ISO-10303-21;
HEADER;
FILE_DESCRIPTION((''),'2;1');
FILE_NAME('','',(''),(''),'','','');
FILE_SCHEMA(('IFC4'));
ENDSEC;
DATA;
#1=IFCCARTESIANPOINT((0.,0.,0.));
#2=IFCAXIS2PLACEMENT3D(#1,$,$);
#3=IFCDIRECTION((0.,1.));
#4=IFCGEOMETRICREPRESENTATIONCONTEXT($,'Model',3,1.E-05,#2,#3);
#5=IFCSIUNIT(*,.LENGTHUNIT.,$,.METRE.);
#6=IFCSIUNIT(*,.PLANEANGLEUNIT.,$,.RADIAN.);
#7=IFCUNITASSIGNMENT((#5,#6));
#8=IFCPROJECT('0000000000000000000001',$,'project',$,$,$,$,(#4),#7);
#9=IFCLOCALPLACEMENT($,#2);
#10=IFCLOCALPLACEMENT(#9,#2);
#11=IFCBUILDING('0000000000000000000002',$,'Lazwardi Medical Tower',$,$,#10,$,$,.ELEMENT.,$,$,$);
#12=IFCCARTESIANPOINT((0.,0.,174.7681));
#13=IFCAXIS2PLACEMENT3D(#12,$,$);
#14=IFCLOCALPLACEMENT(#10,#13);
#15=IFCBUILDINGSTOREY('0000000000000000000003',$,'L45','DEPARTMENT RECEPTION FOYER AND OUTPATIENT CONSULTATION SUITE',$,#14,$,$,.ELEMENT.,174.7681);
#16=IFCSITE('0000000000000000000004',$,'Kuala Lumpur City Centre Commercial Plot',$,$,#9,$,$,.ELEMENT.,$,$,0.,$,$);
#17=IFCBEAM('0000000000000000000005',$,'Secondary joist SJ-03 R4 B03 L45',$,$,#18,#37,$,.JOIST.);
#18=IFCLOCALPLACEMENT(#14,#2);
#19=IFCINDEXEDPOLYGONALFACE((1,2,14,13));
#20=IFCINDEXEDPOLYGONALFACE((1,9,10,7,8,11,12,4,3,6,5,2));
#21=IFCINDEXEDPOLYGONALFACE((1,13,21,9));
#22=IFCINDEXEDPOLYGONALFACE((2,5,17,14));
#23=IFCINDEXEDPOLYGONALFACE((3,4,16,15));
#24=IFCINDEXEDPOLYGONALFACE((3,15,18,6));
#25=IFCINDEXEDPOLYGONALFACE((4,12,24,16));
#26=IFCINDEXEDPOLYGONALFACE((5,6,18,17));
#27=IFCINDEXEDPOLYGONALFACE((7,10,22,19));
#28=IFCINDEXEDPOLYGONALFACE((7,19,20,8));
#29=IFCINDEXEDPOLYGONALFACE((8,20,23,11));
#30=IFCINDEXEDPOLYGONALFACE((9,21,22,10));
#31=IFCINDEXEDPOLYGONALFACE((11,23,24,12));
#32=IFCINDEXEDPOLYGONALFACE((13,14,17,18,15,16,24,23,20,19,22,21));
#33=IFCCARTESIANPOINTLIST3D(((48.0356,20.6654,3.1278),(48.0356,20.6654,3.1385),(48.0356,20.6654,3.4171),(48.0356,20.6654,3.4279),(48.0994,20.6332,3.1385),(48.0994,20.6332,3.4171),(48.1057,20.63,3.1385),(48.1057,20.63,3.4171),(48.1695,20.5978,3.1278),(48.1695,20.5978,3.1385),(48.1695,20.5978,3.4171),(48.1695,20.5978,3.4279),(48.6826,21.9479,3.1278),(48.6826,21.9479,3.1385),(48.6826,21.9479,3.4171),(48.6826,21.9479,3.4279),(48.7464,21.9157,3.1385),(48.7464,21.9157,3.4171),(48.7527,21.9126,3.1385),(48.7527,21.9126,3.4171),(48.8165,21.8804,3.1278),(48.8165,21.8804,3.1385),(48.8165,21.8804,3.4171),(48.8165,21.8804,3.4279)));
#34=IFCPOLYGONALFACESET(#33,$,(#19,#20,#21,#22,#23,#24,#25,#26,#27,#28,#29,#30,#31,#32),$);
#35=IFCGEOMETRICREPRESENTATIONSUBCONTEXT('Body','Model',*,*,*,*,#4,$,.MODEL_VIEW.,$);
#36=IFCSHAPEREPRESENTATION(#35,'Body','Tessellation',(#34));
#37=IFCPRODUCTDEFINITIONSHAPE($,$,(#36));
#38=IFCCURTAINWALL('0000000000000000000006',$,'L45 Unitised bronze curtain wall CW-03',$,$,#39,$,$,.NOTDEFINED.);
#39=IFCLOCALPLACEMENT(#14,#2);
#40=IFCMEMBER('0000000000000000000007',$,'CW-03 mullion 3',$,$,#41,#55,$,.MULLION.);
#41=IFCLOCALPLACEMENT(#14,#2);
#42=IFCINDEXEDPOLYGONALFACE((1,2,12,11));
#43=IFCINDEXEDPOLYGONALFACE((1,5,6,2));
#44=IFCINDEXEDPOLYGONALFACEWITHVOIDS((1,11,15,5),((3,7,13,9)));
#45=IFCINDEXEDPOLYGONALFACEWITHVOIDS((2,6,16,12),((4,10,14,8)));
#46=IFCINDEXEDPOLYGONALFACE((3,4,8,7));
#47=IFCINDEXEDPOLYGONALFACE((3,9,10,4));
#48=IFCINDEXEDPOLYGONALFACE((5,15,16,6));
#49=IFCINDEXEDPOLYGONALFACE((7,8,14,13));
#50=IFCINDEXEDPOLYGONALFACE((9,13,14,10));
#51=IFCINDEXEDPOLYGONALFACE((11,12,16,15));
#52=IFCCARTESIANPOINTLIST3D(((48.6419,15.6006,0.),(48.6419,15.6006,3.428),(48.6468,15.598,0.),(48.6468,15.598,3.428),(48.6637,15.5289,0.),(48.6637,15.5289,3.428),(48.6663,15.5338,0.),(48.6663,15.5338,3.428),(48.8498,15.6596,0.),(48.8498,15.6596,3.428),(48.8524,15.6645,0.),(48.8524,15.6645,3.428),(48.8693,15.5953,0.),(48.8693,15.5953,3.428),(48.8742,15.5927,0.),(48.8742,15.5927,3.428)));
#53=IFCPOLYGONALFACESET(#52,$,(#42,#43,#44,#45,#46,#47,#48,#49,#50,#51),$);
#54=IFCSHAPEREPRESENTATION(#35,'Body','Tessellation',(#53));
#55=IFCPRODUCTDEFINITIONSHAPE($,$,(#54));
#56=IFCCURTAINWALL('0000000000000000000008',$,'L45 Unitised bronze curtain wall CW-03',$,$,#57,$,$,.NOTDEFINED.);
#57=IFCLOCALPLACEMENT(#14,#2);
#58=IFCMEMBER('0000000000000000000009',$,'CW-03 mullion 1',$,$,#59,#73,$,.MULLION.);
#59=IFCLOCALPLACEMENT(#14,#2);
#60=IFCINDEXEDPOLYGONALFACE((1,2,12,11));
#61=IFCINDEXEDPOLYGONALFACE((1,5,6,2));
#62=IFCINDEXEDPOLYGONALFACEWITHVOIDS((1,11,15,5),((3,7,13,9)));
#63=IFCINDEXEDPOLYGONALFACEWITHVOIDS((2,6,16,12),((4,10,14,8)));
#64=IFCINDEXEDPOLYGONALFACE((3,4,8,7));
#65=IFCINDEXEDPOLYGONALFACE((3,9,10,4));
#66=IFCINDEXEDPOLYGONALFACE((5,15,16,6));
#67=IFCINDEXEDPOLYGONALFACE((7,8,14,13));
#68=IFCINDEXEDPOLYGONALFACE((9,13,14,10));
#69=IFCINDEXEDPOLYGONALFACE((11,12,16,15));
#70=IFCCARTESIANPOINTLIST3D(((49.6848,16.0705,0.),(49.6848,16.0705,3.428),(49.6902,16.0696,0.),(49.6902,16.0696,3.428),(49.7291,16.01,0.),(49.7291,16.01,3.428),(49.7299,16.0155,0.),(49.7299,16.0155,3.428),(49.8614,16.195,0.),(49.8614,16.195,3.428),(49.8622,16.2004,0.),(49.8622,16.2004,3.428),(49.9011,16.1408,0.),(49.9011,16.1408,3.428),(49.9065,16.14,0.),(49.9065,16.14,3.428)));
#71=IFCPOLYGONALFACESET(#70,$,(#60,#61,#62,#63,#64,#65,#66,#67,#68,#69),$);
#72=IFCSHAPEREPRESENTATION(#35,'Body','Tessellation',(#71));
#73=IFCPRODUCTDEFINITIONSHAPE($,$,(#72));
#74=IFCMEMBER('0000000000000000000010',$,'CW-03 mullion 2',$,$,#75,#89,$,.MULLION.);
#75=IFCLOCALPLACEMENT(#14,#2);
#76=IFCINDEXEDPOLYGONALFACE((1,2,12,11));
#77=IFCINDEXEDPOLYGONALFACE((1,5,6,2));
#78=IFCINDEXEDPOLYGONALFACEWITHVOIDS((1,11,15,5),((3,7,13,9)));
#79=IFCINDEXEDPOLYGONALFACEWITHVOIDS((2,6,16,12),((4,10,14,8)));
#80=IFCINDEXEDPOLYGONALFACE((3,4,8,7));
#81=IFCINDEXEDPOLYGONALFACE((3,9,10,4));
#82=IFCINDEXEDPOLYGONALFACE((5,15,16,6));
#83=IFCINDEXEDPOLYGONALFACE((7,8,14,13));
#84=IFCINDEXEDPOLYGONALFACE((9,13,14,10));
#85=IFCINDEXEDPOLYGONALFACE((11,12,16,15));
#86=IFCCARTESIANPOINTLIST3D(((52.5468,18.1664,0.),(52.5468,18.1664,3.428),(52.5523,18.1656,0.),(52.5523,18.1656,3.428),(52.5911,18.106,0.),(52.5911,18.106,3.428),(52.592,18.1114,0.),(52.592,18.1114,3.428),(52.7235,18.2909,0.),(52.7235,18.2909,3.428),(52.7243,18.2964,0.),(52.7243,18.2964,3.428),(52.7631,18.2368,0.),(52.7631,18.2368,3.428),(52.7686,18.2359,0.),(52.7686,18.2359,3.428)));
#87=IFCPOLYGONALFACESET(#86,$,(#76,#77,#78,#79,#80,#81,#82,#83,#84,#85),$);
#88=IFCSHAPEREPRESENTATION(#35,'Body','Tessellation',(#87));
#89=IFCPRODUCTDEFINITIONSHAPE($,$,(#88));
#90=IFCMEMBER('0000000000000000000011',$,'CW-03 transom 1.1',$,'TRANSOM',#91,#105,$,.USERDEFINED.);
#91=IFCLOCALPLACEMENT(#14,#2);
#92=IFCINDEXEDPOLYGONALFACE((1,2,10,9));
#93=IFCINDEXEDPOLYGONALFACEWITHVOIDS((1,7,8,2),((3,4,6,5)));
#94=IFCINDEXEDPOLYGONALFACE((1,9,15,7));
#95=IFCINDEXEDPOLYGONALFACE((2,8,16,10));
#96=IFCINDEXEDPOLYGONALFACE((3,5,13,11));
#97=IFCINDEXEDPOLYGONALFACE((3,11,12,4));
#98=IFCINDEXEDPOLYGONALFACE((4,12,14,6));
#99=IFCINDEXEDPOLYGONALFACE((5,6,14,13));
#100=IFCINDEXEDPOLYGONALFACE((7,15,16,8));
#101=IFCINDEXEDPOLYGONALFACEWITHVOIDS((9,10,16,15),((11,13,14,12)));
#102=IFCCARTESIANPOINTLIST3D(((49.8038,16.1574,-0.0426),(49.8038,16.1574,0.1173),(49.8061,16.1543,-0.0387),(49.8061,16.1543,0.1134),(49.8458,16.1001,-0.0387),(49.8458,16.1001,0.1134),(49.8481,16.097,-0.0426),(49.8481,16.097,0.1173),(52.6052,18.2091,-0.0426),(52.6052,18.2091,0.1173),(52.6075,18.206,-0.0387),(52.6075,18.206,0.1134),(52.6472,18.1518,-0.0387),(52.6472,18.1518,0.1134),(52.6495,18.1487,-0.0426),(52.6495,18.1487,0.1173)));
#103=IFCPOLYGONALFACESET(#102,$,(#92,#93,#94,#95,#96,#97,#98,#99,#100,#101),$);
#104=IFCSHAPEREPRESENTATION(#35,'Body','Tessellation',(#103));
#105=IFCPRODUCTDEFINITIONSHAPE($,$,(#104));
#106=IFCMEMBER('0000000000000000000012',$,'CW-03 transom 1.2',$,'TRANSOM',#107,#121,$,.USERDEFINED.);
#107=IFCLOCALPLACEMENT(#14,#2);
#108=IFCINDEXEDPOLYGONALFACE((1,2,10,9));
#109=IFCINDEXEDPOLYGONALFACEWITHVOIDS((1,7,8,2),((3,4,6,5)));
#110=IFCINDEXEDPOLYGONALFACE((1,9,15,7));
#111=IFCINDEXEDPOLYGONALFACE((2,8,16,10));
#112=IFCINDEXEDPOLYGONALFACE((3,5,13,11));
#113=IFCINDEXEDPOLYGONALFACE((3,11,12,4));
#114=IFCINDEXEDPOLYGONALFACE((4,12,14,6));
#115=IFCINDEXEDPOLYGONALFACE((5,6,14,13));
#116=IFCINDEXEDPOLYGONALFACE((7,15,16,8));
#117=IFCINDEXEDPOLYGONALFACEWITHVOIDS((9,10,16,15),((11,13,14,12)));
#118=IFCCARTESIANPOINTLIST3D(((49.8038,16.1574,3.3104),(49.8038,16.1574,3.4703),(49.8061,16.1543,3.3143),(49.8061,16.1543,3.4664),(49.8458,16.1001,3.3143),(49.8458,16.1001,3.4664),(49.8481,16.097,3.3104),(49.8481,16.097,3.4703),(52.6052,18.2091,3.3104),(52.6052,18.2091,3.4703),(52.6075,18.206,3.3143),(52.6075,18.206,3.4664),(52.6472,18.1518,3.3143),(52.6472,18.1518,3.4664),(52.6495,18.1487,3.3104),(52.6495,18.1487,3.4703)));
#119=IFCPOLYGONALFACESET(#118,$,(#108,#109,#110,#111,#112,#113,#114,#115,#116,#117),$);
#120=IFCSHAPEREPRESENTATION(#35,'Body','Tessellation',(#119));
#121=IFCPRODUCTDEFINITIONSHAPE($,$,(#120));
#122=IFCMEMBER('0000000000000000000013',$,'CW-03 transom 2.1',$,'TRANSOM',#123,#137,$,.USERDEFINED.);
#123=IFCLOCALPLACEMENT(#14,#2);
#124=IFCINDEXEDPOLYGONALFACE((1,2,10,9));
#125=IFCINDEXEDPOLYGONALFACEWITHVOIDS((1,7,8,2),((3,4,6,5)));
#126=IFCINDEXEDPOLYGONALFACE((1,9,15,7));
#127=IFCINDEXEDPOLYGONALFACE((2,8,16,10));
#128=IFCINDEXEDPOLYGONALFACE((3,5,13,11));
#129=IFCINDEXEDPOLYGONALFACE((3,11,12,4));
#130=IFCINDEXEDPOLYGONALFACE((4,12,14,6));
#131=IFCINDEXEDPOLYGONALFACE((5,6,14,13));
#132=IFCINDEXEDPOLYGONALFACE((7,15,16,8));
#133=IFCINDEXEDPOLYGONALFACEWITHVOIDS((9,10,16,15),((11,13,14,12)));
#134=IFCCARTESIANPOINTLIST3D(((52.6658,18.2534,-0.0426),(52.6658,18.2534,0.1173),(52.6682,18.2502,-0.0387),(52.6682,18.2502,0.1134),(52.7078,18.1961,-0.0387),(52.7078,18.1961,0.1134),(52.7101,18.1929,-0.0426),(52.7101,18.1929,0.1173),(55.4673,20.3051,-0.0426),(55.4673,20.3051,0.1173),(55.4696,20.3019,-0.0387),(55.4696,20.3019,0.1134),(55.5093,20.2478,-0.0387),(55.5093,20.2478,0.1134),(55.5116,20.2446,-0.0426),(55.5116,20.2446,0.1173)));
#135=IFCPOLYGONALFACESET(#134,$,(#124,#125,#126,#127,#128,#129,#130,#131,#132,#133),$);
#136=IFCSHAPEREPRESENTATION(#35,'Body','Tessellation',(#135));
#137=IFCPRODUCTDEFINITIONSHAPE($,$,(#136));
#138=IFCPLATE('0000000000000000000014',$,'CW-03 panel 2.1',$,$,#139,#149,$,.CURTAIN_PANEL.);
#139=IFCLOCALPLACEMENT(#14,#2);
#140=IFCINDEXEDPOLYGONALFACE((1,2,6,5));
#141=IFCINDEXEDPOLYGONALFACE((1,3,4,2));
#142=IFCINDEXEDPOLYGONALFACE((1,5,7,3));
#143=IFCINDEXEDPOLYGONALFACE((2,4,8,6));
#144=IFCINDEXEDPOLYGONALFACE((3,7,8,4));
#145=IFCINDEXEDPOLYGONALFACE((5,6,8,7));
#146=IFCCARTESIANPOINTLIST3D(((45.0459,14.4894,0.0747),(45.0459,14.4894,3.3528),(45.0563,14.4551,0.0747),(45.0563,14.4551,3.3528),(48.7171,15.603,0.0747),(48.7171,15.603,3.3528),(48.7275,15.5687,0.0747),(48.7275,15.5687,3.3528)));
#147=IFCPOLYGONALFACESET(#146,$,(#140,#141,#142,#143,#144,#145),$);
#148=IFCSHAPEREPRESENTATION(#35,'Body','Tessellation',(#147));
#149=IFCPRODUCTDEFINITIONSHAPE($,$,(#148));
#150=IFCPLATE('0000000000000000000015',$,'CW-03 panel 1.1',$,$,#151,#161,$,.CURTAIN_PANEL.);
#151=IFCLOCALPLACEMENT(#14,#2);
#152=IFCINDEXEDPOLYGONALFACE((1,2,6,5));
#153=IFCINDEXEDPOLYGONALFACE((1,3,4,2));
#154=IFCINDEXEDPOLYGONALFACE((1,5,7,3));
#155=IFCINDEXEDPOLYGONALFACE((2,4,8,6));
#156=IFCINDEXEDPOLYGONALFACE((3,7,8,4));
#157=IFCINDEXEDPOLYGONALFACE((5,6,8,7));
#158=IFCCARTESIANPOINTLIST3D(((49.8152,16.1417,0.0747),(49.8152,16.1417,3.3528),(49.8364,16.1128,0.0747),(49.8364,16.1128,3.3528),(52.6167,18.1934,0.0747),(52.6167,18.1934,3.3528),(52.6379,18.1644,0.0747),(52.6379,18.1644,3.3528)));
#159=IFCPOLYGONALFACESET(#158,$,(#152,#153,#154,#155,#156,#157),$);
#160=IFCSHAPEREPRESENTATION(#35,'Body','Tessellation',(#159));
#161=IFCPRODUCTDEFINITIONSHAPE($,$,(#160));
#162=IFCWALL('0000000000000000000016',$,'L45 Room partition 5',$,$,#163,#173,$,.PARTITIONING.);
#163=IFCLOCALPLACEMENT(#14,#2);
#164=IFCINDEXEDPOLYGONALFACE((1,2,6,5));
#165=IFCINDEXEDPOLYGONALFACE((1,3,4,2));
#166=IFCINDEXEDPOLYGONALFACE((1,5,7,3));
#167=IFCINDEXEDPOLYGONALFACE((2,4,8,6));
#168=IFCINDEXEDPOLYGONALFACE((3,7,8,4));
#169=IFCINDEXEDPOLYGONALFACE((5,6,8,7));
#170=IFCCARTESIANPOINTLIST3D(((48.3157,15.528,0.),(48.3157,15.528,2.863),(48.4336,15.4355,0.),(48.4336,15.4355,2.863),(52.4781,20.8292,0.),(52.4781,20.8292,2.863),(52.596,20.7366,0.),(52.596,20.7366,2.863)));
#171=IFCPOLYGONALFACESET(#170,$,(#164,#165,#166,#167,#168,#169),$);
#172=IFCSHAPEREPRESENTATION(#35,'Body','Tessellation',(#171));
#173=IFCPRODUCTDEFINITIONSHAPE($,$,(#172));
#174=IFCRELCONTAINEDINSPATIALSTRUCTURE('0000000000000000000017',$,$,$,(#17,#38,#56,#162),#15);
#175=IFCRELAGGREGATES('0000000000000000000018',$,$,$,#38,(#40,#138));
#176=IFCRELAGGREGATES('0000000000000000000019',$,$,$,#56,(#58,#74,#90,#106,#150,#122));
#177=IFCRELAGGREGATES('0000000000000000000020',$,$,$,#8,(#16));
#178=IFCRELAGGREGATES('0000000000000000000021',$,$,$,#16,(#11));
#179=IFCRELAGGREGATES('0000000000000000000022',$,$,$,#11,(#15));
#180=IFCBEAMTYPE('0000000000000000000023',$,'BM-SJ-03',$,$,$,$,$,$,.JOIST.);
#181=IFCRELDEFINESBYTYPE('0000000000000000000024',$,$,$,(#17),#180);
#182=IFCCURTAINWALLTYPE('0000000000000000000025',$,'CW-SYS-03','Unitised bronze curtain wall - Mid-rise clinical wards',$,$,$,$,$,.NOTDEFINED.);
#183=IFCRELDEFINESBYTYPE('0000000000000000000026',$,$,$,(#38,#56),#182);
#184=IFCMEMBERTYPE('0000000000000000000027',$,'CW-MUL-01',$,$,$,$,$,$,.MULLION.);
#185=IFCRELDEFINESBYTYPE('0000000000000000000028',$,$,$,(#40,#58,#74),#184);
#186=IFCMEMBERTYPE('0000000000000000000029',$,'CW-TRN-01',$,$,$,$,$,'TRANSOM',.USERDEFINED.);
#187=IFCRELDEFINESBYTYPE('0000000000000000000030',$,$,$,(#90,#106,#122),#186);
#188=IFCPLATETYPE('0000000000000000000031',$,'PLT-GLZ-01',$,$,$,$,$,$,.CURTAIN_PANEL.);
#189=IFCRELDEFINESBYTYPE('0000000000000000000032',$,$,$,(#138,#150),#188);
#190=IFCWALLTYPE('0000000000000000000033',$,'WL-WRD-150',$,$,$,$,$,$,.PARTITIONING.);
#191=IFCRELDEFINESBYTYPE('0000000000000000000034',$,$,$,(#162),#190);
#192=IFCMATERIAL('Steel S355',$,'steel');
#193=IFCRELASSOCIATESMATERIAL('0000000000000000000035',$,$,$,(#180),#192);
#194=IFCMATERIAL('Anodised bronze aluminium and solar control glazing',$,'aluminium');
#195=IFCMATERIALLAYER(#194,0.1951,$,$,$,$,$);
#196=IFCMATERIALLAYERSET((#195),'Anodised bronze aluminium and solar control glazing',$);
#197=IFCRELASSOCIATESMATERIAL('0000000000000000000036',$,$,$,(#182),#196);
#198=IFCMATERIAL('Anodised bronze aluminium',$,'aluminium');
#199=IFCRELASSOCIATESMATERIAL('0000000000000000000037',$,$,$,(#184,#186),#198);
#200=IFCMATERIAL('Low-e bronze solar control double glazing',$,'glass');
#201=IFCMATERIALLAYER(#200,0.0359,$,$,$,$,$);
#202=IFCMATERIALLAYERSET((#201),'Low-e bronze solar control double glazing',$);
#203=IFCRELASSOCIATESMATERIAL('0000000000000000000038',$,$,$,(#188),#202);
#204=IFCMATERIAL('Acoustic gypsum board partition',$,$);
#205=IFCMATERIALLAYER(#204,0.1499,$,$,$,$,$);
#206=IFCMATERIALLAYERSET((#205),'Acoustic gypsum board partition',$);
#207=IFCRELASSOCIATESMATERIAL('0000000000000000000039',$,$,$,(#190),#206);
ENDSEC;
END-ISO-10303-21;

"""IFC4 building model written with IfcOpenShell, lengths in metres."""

from ifc_helpers import new_model, si_unit, direction, frame, frame_2d, origin, origin_2d, place, context, subcontext, project, spatial, rectangle, hollow_rectangle, i_section, extrude, material, layer, layer_set, material_profile, profile_set, type_object, element, aggregate, save


model = new_model("IFC4")

# Units and contexts
model_context = context("Model", 3, precision=1e-05, world=origin(), true_north=direction((0.0, 1.0)))
body_context = subcontext(model_context, "Body", "Model", "MODEL_VIEW")
ifc_project = project(units=[si_unit("LENGTHUNIT", "METRE"), si_unit("PLANEANGLEUNIT", "RADIAN")], contexts=[model_context])

# Site, building, storey
site_placement = place(None, origin())
site = spatial("IfcSite", under=ifc_project, at=site_placement, Name="Kuala Lumpur City Centre Commercial Plot", CompositionType="ELEMENT", RefElevation=0.0)
building_placement = place(site_placement, origin())
building = spatial("IfcBuilding", under=site, at=building_placement, Name="Lazwardi Medical Tower", CompositionType="ELEMENT")
storey_placement = place(building_placement, frame((0.0, 0.0, 174.7681)))
storey = spatial("IfcBuildingStorey", under=building, at=storey_placement, Name="L45", Description="DEPARTMENT RECEPTION FOYER AND OUTPATIENT CONSULTATION SUITE", CompositionType="ELEMENT", Elevation=174.7681)

# Beam
ifc_material_1 = material(Name="Steel S355", Category="steel")
ifc_material_profile_1 = material_profile(ifc_material_1, i_section(OverallWidth=0.1499, OverallDepth=0.3, WebThickness=0.0071, FlangeThickness=0.0107, at=origin_2d()), Name="IPE 300")
ifc_profile_set_1 = profile_set([ifc_material_profile_1], Name="Steel S355")
beam_type_1 = type_object("IfcBeamType", Name="BM-SJ-03", PredefinedType="JOIST", material=ifc_profile_set_1)
beam_1_placement = place(storey_placement, frame((48.1025, 20.6316, 3.2778), z_axis=(0.450406, 0.892824, 0.0), x_axis=(-0.892824, 0.450406, 0.0)))
element("IfcBeam", 1, at=beam_1_placement, inside=storey, type_object=beam_type_1, Name="Secondary joist SJ-03 R4 B03 L45", PredefinedType="JOIST", context=body_context, shape_type="SweptSolid", body=[
    extrude(i_section(OverallWidth=0.1499, OverallDepth=0.3, WebThickness=0.0071, FlangeThickness=0.0107, at=origin_2d()), origin(), (0.0, 0.0, 1.0), 1.4365),
])

# Curtain wall, member
ifc_material_2 = material(Name="Anodised bronze aluminium and solar control glazing", Category="aluminium")
ifc_layer_1 = layer(ifc_material_2, 0.1951)
ifc_layer_set_1 = layer_set([ifc_layer_1], Name="Anodised bronze aluminium and solar control glazing")
curtain_wall_type = type_object("IfcCurtainWallType", Name="CW-SYS-03", Description="Unitised bronze curtain wall - Mid-rise clinical wards", PredefinedType="NOTDEFINED", material=ifc_layer_set_1)
curtain_wall_1_placement = place(storey_placement, origin())
curtain_wall_1 = element("IfcCurtainWall", 2, at=curtain_wall_1_placement, inside=storey, type_object=curtain_wall_type, Name="L45 Unitised bronze curtain wall CW-03", PredefinedType="NOTDEFINED")
ifc_material_3 = material(Name="Anodised bronze aluminium", Category="aluminium")
ifc_material_profile_2 = material_profile(ifc_material_3, hollow_rectangle(XDim=0.075, YDim=0.22, WallThickness=0.0039, at=origin_2d()), Name="ALU-MULLION 220x75x4")
ifc_profile_set_2 = profile_set([ifc_material_profile_2], Name="Anodised bronze aluminium")
member_type_1 = type_object("IfcMemberType", Name="CW-MUL-01", PredefinedType="MULLION", material=ifc_profile_set_2)
member_1_placement = place(storey_placement, frame((48.7581, 15.5967, 0.0), z_axis=(0.0, 0.0, 1.0), x_axis=(-0.290281, 0.956942, 0.0)))
member_1 = element("IfcMember", 3, at=member_1_placement, type_object=member_type_1, Name="CW-03 mullion 3", PredefinedType="MULLION", context=body_context, shape_type="SweptSolid", body=[
    extrude(hollow_rectangle(XDim=0.075, YDim=0.22, WallThickness=0.0039, at=origin_2d()), origin(), (0.0, 0.0, 1.0), 3.428),
])

# Curtain wall, members
curtain_wall_2_placement = place(storey_placement, origin())
curtain_wall_2 = element("IfcCurtainWall", 4, at=curtain_wall_2_placement, inside=storey, type_object=curtain_wall_type, Name="L45 Unitised bronze curtain wall CW-03", PredefinedType="NOTDEFINED")
member_2_placement = place(storey_placement, frame((49.7957, 16.1052, 0.0), z_axis=(0.0, 0.0, 1.0), x_axis=(-0.590834, 0.806793, 0.0)))
member_2 = element("IfcMember", 5, at=member_2_placement, type_object=member_type_1, Name="CW-03 mullion 1", PredefinedType="MULLION", context=body_context, shape_type="SweptSolid", body=[
    extrude(hollow_rectangle(XDim=0.075, YDim=0.22, WallThickness=0.0039, at=origin_2d()), origin(), (0.0, 0.0, 1.0), 3.428),
])
member_3_placement = place(storey_placement, frame((52.6577, 18.2012, 0.0), z_axis=(0.0, 0.0, 1.0), x_axis=(-0.590834, 0.806793, 0.0)))
member_3 = element("IfcMember", 6, at=member_3_placement, type_object=member_type_1, Name="CW-03 mullion 2", PredefinedType="MULLION", context=body_context, shape_type="SweptSolid", body=[
    extrude(hollow_rectangle(XDim=0.075, YDim=0.22, WallThickness=0.0039, at=origin_2d()), origin(), (0.0, 0.0, 1.0), 3.428),
])
ifc_material_profile_3 = material_profile(ifc_material_3, hollow_rectangle(XDim=0.075, YDim=0.1599, WallThickness=0.0039, at=origin_2d()), Name="ALU-TRANSOM 160x75x4")
ifc_profile_set_3 = profile_set([ifc_material_profile_3], Name="Anodised bronze aluminium")
member_type_2 = type_object("IfcMemberType", Name="CW-TRN-01", ElementType="TRANSOM", PredefinedType="USERDEFINED", material=ifc_profile_set_3)
member_4_placement = place(storey_placement, frame((49.8259, 16.1272, 0.0374), z_axis=(0.806774, 0.590861, 0.0), x_axis=(-0.590861, 0.806774, 0.0)))
member_4 = element("IfcMember", 7, at=member_4_placement, type_object=member_type_2, Name="CW-03 transom 1.1", ObjectType="TRANSOM", PredefinedType="USERDEFINED", context=body_context, shape_type="SweptSolid", body=[
    extrude(hollow_rectangle(XDim=0.075, YDim=0.1599, WallThickness=0.0039, at=origin_2d()), origin(), (0.0, 0.0, 1.0), 3.4724),
])
member_5_placement = place(storey_placement, frame((49.8259, 16.1272, 3.3904), z_axis=(0.806774, 0.590861, 0.0), x_axis=(-0.590861, 0.806774, 0.0)))
member_5 = element("IfcMember", 8, at=member_5_placement, type_object=member_type_2, Name="CW-03 transom 1.2", ObjectType="TRANSOM", PredefinedType="USERDEFINED", context=body_context, shape_type="SweptSolid", body=[
    extrude(hollow_rectangle(XDim=0.075, YDim=0.1599, WallThickness=0.0039, at=origin_2d()), origin(), (0.0, 0.0, 1.0), 3.4724),
])
member_6_placement = place(storey_placement, frame((52.688, 18.2231, 0.0374), z_axis=(0.806774, 0.590861, 0.0), x_axis=(-0.590861, 0.806774, 0.0)))
member_6 = element("IfcMember", 9, at=member_6_placement, type_object=member_type_2, Name="CW-03 transom 2.1", ObjectType="TRANSOM", PredefinedType="USERDEFINED", context=body_context, shape_type="SweptSolid", body=[
    extrude(hollow_rectangle(XDim=0.075, YDim=0.1599, WallThickness=0.0039, at=origin_2d()), origin(), (0.0, 0.0, 1.0), 3.4724),
])

# Plates
ifc_material_4 = material(Name="Low-e bronze solar control double glazing", Category="glass")
ifc_layer_2 = layer(ifc_material_4, 0.0359)
ifc_layer_set_2 = layer_set([ifc_layer_2], Name="Low-e bronze solar control double glazing")
plate_type = type_object("IfcPlateType", Name="PLT-GLZ-01", PredefinedType="CURTAIN_PANEL", material=ifc_layer_set_2)
plate_1_placement = place(storey_placement, frame((46.8867, 15.0291, 0.0747), z_axis=(0.0, 0.0, 1.0), x_axis=(0.956942, 0.290281, 0.0)))
plate_1 = element("IfcPlate", 10, at=plate_1_placement, type_object=plate_type, Name="CW-03 panel 2.1", PredefinedType="CURTAIN_PANEL", context=body_context, shape_type="SweptSolid", body=[
    extrude(rectangle(XDim=3.8364, YDim=0.0359, at=origin_2d()), origin(), (0.0, 0.0, 1.0), 3.2781),
])
aggregate(curtain_wall_1, [member_1, plate_1])
plate_2_placement = place(storey_placement, frame((51.2266, 17.1531, 0.0747), z_axis=(0.0, 0.0, 1.0), x_axis=(0.806793, 0.590834, 0.0)))
plate_2 = element("IfcPlate", 11, at=plate_2_placement, type_object=plate_type, Name="CW-03 panel 1.1", PredefinedType="CURTAIN_PANEL", context=body_context, shape_type="SweptSolid", body=[
    extrude(rectangle(XDim=3.4724, YDim=0.0359, at=origin_2d()), origin(), (0.0, 0.0, 1.0), 3.2781),
])
aggregate(curtain_wall_2, [member_2, member_3, member_4, member_5, plate_2, member_6])

# Wall
ifc_material_5 = material(Name="Acoustic gypsum board partition")
ifc_layer_3 = layer(ifc_material_5, 0.1499)
ifc_layer_set_3 = layer_set([ifc_layer_3], Name="Acoustic gypsum board partition")
wall_type = type_object("IfcWallType", Name="WL-WRD-150", PredefinedType="PARTITIONING", material=ifc_layer_set_3)
wall_placement = place(storey_placement, frame((52.5371, 20.783, 0.0), z_axis=(0.0, 0.0, 1.0), x_axis=(-0.61757, -0.786516, 0.0)))
element("IfcWall", 12, at=wall_placement, inside=storey, type_object=wall_type, Name="L45 Room partition 5", PredefinedType="PARTITIONING", context=body_context, shape_type="SweptSolid", body=[
    extrude(rectangle(XDim=6.74, YDim=0.1499, at=frame_2d((3.3701, 0.0))), origin(), (0.0, 0.0, 1.0), 2.863),
])

save(model, "model.ifc")
